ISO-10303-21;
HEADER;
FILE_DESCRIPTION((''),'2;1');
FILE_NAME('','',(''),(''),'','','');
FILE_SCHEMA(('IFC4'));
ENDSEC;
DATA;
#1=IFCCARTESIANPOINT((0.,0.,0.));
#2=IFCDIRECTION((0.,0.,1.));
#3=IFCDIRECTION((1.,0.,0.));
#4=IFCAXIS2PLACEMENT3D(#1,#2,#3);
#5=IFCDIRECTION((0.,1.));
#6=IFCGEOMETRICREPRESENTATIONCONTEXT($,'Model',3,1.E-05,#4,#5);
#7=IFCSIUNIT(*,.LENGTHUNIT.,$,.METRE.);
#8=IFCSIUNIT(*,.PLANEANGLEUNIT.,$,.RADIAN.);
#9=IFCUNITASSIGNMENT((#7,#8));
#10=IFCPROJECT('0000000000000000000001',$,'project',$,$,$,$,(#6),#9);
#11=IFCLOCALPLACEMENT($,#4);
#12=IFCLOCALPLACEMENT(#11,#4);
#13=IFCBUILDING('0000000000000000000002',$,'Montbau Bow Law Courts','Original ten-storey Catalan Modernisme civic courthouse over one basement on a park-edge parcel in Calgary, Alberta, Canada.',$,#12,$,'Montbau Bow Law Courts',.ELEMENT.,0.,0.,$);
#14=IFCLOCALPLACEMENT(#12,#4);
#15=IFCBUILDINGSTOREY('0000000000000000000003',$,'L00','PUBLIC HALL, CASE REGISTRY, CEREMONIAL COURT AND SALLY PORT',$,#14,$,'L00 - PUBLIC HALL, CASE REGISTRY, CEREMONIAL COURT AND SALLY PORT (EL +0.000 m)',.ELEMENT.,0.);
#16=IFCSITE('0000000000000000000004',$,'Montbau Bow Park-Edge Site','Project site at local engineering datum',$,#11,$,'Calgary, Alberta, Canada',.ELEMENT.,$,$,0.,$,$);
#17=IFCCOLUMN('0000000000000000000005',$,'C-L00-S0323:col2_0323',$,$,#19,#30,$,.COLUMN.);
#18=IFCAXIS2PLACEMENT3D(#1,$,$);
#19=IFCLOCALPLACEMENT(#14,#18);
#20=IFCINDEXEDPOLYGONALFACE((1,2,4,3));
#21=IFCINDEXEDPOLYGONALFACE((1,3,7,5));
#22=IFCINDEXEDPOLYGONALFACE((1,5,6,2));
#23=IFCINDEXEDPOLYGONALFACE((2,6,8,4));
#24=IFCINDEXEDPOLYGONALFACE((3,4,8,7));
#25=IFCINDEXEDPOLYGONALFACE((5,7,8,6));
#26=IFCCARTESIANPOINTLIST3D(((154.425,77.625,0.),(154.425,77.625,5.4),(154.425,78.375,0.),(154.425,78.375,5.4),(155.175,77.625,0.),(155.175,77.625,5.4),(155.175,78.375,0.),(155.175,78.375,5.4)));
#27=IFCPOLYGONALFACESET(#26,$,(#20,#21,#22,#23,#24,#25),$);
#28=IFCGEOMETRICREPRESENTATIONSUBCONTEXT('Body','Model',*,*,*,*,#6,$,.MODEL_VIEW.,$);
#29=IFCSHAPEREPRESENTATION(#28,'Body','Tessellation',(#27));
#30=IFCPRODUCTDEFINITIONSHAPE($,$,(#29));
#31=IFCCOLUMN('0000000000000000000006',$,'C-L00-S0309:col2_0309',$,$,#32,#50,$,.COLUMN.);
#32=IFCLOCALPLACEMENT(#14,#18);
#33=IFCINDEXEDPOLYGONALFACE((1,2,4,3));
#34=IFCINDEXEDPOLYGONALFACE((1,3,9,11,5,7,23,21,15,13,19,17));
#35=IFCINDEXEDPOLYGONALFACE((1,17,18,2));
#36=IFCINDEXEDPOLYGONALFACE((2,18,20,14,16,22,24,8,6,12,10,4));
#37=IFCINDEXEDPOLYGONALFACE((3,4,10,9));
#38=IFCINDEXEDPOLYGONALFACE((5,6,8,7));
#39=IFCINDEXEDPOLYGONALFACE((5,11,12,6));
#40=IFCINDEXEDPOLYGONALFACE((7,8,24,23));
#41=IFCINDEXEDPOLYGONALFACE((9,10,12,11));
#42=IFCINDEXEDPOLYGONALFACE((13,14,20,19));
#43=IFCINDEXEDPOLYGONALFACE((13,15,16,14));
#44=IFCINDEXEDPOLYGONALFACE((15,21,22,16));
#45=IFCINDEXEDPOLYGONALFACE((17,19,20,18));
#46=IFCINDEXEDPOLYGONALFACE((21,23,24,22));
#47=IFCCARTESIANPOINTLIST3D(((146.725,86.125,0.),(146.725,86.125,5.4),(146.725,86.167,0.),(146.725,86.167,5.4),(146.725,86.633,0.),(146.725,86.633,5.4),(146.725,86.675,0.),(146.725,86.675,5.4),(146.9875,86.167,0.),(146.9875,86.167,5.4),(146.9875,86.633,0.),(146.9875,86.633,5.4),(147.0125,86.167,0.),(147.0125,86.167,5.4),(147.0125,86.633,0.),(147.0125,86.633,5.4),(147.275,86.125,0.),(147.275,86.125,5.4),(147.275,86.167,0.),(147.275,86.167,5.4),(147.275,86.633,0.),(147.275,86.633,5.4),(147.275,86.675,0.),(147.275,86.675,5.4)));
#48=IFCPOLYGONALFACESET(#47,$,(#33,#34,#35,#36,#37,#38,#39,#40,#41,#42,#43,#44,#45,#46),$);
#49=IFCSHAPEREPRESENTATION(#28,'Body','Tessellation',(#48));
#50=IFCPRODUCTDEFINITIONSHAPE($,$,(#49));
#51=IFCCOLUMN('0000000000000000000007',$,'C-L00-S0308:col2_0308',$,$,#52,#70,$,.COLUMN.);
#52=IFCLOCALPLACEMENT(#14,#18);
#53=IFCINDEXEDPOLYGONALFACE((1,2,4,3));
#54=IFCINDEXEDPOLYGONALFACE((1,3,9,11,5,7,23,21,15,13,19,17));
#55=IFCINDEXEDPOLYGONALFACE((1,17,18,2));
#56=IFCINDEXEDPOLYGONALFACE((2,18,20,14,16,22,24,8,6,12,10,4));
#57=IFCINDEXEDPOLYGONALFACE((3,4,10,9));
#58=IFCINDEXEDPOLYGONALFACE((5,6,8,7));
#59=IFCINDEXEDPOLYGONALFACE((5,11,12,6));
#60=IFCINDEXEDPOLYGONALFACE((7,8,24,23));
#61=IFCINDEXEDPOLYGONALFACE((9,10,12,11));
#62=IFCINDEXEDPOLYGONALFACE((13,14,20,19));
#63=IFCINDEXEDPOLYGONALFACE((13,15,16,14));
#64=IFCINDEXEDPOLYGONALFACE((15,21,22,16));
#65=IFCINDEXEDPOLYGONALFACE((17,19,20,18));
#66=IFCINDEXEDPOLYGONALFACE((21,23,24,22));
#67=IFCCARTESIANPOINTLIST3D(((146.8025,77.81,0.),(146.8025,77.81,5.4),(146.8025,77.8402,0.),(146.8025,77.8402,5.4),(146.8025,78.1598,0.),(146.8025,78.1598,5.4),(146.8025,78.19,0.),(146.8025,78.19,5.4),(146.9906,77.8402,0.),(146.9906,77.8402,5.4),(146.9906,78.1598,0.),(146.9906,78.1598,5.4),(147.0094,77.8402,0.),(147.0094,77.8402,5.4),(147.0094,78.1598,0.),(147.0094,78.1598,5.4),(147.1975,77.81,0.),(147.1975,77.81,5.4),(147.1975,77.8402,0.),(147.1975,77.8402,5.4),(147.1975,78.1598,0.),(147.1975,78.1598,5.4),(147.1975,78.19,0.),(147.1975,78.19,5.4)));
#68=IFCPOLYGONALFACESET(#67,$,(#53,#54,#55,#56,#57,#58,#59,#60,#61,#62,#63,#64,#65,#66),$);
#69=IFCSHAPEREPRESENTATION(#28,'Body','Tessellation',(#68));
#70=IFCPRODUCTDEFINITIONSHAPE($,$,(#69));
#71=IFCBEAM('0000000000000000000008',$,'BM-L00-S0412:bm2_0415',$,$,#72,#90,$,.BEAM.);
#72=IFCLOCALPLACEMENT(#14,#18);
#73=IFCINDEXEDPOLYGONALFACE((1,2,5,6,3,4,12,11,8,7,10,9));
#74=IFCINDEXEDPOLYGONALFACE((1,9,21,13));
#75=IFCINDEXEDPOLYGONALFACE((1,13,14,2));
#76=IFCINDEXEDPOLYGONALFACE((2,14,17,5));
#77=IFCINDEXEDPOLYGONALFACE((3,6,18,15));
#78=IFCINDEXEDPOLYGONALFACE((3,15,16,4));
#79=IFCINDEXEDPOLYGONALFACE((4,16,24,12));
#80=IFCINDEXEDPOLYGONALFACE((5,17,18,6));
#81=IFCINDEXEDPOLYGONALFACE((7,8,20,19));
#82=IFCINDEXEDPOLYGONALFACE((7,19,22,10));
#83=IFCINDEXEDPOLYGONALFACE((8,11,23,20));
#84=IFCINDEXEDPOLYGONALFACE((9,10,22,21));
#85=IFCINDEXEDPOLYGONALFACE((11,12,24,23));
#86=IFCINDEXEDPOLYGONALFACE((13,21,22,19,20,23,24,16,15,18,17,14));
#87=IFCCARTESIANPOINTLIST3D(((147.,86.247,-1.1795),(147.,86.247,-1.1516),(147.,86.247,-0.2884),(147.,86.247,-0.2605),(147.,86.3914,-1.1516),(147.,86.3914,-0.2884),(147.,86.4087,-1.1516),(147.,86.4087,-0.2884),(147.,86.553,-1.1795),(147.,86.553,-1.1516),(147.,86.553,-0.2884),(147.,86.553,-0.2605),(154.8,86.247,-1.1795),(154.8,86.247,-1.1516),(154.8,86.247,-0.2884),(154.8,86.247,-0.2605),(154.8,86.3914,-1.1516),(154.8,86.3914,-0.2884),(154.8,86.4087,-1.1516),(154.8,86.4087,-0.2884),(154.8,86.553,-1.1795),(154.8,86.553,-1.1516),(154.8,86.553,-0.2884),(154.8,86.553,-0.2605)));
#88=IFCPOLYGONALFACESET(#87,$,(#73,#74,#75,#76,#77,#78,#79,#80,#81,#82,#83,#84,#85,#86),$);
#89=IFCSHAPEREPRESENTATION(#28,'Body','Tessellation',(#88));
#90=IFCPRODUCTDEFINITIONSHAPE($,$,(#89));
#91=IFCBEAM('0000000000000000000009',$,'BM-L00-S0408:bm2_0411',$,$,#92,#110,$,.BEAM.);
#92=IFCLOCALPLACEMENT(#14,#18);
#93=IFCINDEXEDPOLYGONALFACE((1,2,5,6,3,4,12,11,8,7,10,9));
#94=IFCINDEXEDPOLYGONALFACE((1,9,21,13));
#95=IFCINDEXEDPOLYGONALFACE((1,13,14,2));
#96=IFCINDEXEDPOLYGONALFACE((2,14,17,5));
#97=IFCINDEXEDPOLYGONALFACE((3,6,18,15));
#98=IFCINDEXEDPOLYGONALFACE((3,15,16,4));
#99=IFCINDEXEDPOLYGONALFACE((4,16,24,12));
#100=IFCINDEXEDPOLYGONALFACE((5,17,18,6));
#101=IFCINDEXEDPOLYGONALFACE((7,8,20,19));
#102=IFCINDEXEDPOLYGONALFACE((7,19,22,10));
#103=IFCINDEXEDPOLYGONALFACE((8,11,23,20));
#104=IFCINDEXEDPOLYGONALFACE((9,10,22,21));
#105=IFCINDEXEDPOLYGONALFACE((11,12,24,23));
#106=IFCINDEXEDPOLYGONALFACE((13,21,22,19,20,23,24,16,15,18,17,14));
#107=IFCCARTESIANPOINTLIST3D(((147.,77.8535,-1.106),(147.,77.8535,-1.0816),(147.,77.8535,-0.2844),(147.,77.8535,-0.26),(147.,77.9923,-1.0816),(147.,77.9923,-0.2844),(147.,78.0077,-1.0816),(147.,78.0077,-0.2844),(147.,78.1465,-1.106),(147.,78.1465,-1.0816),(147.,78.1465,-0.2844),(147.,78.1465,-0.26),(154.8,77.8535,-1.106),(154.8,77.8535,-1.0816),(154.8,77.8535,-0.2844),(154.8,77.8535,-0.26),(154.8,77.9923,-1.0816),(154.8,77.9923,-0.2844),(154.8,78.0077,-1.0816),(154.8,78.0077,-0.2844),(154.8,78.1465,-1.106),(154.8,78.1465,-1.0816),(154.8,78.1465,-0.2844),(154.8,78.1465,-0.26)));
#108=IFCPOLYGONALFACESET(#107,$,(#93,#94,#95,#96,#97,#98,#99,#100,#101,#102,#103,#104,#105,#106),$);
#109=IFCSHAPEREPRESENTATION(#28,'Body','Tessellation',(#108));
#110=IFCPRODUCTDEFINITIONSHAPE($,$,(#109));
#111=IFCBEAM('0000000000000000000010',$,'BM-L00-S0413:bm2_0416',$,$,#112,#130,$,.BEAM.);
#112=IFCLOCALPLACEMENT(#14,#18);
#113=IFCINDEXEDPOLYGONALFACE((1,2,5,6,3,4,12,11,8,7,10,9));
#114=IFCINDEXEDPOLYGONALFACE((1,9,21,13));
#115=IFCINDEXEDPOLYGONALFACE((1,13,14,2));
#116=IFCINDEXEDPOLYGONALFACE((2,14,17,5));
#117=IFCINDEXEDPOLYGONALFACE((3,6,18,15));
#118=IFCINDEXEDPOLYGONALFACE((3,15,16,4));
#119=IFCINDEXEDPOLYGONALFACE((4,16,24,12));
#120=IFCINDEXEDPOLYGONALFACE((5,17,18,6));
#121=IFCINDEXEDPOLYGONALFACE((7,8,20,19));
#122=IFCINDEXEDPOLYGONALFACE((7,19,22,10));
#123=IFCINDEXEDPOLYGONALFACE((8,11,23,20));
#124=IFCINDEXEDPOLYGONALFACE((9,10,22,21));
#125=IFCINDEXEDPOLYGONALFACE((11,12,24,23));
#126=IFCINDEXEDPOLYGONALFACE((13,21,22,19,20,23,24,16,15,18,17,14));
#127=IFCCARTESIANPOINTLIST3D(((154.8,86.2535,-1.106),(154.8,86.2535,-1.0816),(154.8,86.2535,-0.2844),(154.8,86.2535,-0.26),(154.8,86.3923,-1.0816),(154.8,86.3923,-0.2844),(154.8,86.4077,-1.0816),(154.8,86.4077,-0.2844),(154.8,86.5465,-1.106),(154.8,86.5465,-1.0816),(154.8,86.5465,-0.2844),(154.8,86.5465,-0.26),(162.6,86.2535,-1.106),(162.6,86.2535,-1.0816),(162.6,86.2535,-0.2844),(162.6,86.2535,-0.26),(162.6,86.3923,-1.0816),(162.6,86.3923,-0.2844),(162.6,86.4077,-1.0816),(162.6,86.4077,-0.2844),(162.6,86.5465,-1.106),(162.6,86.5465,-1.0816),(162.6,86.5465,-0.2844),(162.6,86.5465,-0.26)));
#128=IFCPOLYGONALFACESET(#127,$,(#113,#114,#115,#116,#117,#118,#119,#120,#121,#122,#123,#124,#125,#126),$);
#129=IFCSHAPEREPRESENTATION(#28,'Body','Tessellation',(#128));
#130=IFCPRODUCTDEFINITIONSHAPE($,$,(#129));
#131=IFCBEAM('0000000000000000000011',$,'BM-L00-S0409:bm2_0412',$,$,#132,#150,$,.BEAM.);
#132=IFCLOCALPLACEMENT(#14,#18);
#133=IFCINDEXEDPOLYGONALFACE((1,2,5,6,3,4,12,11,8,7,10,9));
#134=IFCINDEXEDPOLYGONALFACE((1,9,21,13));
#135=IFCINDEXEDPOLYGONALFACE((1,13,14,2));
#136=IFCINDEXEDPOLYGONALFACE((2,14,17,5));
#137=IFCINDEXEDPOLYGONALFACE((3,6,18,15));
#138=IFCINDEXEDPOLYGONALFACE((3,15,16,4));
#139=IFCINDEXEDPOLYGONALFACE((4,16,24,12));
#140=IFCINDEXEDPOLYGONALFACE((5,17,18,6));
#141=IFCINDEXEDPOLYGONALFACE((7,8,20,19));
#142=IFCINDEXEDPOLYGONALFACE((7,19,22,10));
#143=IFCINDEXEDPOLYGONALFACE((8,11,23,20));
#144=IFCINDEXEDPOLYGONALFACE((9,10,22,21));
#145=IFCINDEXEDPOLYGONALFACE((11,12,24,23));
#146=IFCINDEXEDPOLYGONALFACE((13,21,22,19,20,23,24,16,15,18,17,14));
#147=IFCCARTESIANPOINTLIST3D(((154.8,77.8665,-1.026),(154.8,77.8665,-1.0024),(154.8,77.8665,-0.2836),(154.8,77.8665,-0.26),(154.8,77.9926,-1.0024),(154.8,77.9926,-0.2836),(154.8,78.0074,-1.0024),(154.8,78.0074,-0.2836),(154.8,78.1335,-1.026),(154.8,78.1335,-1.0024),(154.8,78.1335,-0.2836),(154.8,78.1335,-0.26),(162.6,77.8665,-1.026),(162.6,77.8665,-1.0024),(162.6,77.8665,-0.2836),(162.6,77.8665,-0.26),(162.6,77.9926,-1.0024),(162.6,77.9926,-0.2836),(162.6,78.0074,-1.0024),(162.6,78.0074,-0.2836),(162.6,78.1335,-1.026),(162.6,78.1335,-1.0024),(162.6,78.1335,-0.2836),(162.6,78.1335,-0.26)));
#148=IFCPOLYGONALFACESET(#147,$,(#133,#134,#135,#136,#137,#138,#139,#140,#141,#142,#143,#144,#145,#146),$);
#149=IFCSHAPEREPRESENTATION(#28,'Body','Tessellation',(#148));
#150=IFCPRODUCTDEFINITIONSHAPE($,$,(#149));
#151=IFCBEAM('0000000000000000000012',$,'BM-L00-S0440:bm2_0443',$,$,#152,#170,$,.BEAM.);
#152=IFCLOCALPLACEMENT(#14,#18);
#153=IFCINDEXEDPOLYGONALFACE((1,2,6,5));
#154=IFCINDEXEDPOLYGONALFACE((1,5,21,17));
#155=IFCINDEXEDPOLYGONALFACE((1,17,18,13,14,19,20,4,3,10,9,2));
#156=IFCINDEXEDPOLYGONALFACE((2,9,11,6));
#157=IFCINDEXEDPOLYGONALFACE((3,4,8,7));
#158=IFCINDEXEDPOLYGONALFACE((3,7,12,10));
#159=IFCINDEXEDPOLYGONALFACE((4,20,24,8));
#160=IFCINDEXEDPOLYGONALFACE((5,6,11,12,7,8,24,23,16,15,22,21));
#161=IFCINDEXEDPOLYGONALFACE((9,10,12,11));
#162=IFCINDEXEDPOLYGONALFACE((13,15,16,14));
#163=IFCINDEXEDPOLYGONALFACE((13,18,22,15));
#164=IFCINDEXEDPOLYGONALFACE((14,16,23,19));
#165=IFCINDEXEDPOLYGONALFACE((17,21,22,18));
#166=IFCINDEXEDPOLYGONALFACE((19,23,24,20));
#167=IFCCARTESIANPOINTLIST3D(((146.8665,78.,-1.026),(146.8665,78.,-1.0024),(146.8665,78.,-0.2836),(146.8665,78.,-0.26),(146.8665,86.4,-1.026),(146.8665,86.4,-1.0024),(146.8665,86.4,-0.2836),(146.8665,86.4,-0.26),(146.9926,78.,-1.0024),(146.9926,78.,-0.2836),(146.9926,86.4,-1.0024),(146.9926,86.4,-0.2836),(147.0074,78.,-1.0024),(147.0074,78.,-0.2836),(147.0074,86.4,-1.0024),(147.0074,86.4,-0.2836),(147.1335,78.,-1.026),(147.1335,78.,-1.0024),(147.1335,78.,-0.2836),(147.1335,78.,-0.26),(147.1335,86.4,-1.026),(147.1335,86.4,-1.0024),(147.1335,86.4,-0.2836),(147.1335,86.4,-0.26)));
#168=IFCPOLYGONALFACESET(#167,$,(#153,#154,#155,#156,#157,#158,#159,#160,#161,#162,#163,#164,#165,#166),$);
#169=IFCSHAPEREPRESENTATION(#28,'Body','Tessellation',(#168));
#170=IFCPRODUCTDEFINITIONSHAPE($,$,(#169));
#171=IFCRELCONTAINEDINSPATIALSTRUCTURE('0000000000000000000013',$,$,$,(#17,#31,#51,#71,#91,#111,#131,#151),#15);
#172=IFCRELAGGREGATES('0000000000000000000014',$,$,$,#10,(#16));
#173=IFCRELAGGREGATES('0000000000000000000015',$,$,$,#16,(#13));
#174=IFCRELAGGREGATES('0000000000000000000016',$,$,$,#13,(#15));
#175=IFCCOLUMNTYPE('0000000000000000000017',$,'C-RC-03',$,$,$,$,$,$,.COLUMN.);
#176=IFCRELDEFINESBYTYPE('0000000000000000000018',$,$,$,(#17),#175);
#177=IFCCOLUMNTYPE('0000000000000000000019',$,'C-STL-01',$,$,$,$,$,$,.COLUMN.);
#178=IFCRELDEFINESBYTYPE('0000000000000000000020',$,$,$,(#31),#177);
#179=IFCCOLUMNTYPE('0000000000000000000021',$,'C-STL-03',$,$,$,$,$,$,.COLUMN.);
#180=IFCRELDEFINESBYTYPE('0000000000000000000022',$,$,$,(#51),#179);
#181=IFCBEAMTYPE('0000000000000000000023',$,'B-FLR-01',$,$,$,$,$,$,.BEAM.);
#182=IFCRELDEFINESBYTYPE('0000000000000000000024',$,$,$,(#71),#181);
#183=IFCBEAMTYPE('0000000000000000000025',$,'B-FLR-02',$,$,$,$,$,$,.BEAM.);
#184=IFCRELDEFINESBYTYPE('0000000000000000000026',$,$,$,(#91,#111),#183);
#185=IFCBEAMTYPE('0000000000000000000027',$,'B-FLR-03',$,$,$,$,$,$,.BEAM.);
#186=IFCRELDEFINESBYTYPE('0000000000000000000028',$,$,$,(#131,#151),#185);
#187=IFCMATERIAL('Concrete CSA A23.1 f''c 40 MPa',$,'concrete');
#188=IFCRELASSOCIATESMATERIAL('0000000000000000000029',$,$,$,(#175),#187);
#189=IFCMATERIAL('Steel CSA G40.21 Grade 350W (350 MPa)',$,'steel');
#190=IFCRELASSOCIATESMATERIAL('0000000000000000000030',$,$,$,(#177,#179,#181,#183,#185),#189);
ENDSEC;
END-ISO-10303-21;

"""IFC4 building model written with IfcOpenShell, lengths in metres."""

from ifc_helpers import new_model, si_unit, direction, frame, origin_with_axes, origin_2d_with_axis, place, context, subcontext, project, spatial, rectangle, i_section, extrude, material, material_profile, profile_set, type_object, element, save


model = new_model("IFC4")

# Units and contexts
model_context = context("Model", 3, precision=1e-05, world=origin_with_axes(), true_north=direction((0.0, 1.0)))
body_context = subcontext(model_context, "Body", "Model", "MODEL_VIEW")
ifc_project = project(units=[si_unit("LENGTHUNIT", "METRE"), si_unit("PLANEANGLEUNIT", "RADIAN")], contexts=[model_context])

# Site, building, storey
site_placement = place(None, origin_with_axes())
site = spatial("IfcSite", under=ifc_project, at=site_placement, Name="Montbau Bow Park-Edge Site", Description="Project site at local engineering datum", LongName="Calgary, Alberta, Canada", CompositionType="ELEMENT", RefElevation=0.0)
building_placement = place(site_placement, origin_with_axes())
building = spatial("IfcBuilding", under=site, at=building_placement, Name="Montbau Bow Law Courts", Description="Original ten-storey Catalan Modernisme civic courthouse over one basement on a park-edge parcel in Calgary, Alberta, Canada.", LongName="Montbau Bow Law Courts", CompositionType="ELEMENT", ElevationOfRefHeight=0.0, ElevationOfTerrain=0.0)
storey_placement = place(building_placement, origin_with_axes())
storey = spatial("IfcBuildingStorey", under=building, at=storey_placement, Name="L00", Description="PUBLIC HALL, CASE REGISTRY, CEREMONIAL COURT AND SALLY PORT", LongName="L00 - PUBLIC HALL, CASE REGISTRY, CEREMONIAL COURT AND SALLY PORT (EL +0.000 m)", CompositionType="ELEMENT", Elevation=0.0)

# Columns
ifc_material_1 = material(Name="Concrete CSA A23.1 f'c 40 MPa", Category="concrete")
ifc_material_profile_1 = material_profile(ifc_material_1, rectangle(XDim=0.75, YDim=0.75, at=origin_2d_with_axis()), Name="RC750X750", Category="Main", Priority=0)
ifc_profile_set_1 = profile_set([ifc_material_profile_1], Name="Concrete CSA A23.1 f'c 40 MPa")
column_type_1 = type_object("IfcColumnType", Name="C-RC-03", PredefinedType="COLUMN", material=ifc_profile_set_1)
column_1_placement = place(None, frame((154.8, 78.0, 0.0), z_axis=(0.0, 0.0, 1.0), x_axis=(1.0, 0.0, 0.0)))
element("IfcColumn", 1, at=column_1_placement, inside=storey, type_object=column_type_1, Name="C-L00-S0323:col2_0323", PredefinedType="COLUMN", context=body_context, shape_type="SweptSolid", body=[
    extrude(rectangle(XDim=0.75, YDim=0.75, at=origin_2d_with_axis()), origin_with_axes(), (0.0, 0.0, 1.0), 5.4),
])
ifc_material_2 = material(Name="Steel CSA G40.21 Grade 350W (350 MPa)", Category="steel")
ifc_material_profile_2 = material_profile(ifc_material_2, i_section(OverallWidth=0.55, OverallDepth=0.55, WebThickness=0.025, FlangeThickness=0.042, at=origin_2d_with_axis()), Name="WWF550X420", Category="Main", Priority=0)
ifc_profile_set_2 = profile_set([ifc_material_profile_2], Name="Steel CSA G40.21 Grade 350W (350 MPa)")
column_type_2 = type_object("IfcColumnType", Name="C-STL-01", PredefinedType="COLUMN", material=ifc_profile_set_2)
column_2_placement = place(None, frame((147.0, 86.4, 0.0), z_axis=(0.0, 0.0, 1.0), x_axis=(1.0, 0.0, 0.0)))
element("IfcColumn", 2, at=column_2_placement, inside=storey, type_object=column_type_2, Name="C-L00-S0309:col2_0309", PredefinedType="COLUMN", context=body_context, shape_type="SweptSolid", body=[
    extrude(i_section(OverallWidth=0.55, OverallDepth=0.55, WebThickness=0.025, FlangeThickness=0.042, at=origin_2d_with_axis()), origin_with_axes(), (0.0, 0.0, 1.0), 5.4),
])
ifc_material_profile_3 = material_profile(ifc_material_2, i_section(OverallWidth=0.395, OverallDepth=0.38, WebThickness=0.0189, FlangeThickness=0.0302, at=origin_2d_with_axis()), Name="W360X237", Category="Main", Priority=0)
ifc_profile_set_3 = profile_set([ifc_material_profile_3], Name="Steel CSA G40.21 Grade 350W (350 MPa)")
column_type_3 = type_object("IfcColumnType", Name="C-STL-03", PredefinedType="COLUMN", material=ifc_profile_set_3)
column_3_placement = place(None, frame((147.0, 78.0, 0.0), z_axis=(0.0, 0.0, 1.0), x_axis=(1.0, 0.0, 0.0)))
element("IfcColumn", 3, at=column_3_placement, inside=storey, type_object=column_type_3, Name="C-L00-S0308:col2_0308", PredefinedType="COLUMN", context=body_context, shape_type="SweptSolid", body=[
    extrude(i_section(OverallWidth=0.395, OverallDepth=0.38, WebThickness=0.0189, FlangeThickness=0.0302, at=origin_2d_with_axis()), origin_with_axes(), (0.0, 0.0, 1.0), 5.4),
])

# Beams
ifc_material_profile_4 = material_profile(ifc_material_2, i_section(OverallWidth=0.306, OverallDepth=0.919, WebThickness=0.0173, FlangeThickness=0.0279, at=origin_2d_with_axis()), Name="W920X253", Category="Main", Priority=0)
ifc_profile_set_4 = profile_set([ifc_material_profile_4], Name="Steel CSA G40.21 Grade 350W (350 MPa)")
beam_type_1 = type_object("IfcBeamType", Name="B-FLR-01", PredefinedType="BEAM", material=ifc_profile_set_4)
beam_1_placement = place(None, frame((147.0, 86.4, -0.72), z_axis=(1.0, 0.0, 0.0), x_axis=(0.0, 1.0, 0.0)))
element("IfcBeam", 4, at=beam_1_placement, inside=storey, type_object=beam_type_1, Name="BM-L00-S0412:bm2_0415", PredefinedType="BEAM", context=body_context, shape_type="SweptSolid", body=[
    extrude(i_section(OverallWidth=0.306, OverallDepth=0.919, WebThickness=0.0173, FlangeThickness=0.0279, at=origin_2d_with_axis()), origin_with_axes(), (0.0, 0.0, 1.0), 7.8),
])
ifc_material_profile_5 = material_profile(ifc_material_2, i_section(OverallWidth=0.293, OverallDepth=0.846, WebThickness=0.0154, FlangeThickness=0.0244, at=origin_2d_with_axis()), Name="W840X210", Category="Main", Priority=0)
ifc_profile_set_5 = profile_set([ifc_material_profile_5], Name="Steel CSA G40.21 Grade 350W (350 MPa)")
beam_type_2 = type_object("IfcBeamType", Name="B-FLR-02", PredefinedType="BEAM", material=ifc_profile_set_5)
for number, where, z_axis, x_axis, name in (
    (5, (147.0, 78.0, -0.683), (1.0, 0.0, 0.0), (0.0, 1.0, 0.0), "BM-L00-S0408:bm2_0411"),
    (6, (154.8, 86.4, -0.683), (1.0, 0.0, 0.0), (0.0, 1.0, 0.0), "BM-L00-S0413:bm2_0416"),
):
    element("IfcBeam", number, at=place(None, frame(where, z_axis=z_axis, x_axis=x_axis)), inside=storey, type_object=beam_type_2, Name=name, PredefinedType="BEAM", context=body_context, shape_type="SweptSolid", body=[
        extrude(i_section(OverallWidth=0.293, OverallDepth=0.846, WebThickness=0.0154, FlangeThickness=0.0244, at=origin_2d_with_axis()), origin_with_axes(), (0.0, 0.0, 1.0), 7.8),
    ])
ifc_material_profile_6 = material_profile(ifc_material_2, i_section(OverallWidth=0.267, OverallDepth=0.766, WebThickness=0.0149, FlangeThickness=0.0236, at=origin_2d_with_axis()), Name="W760X185", Category="Main", Priority=0)
ifc_profile_set_6 = profile_set([ifc_material_profile_6], Name="Steel CSA G40.21 Grade 350W (350 MPa)")
beam_type_3 = type_object("IfcBeamType", Name="B-FLR-03", PredefinedType="BEAM", material=ifc_profile_set_6)
beam_2_placement = place(None, frame((154.8, 78.0, -0.643), z_axis=(1.0, 0.0, 0.0), x_axis=(0.0, 1.0, 0.0)))
element("IfcBeam", 7, at=beam_2_placement, inside=storey, type_object=beam_type_3, Name="BM-L00-S0409:bm2_0412", PredefinedType="BEAM", context=body_context, shape_type="SweptSolid", body=[
    extrude(i_section(OverallWidth=0.267, OverallDepth=0.766, WebThickness=0.0149, FlangeThickness=0.0236, at=origin_2d_with_axis()), origin_with_axes(), (0.0, 0.0, 1.0), 7.8),
])
beam_3_placement = place(None, frame((147.0, 78.0, -0.643), z_axis=(0.0, 1.0, 0.0), x_axis=(-1.0, 0.0, 0.0)))
element("IfcBeam", 8, at=beam_3_placement, inside=storey, type_object=beam_type_3, Name="BM-L00-S0440:bm2_0443", PredefinedType="BEAM", context=body_context, shape_type="SweptSolid", body=[
    extrude(i_section(OverallWidth=0.267, OverallDepth=0.766, WebThickness=0.0149, FlangeThickness=0.0236, at=origin_2d_with_axis()), origin_with_axes(), (0.0, 0.0, 1.0), 8.4),
])

save(model, "model.ifc")
